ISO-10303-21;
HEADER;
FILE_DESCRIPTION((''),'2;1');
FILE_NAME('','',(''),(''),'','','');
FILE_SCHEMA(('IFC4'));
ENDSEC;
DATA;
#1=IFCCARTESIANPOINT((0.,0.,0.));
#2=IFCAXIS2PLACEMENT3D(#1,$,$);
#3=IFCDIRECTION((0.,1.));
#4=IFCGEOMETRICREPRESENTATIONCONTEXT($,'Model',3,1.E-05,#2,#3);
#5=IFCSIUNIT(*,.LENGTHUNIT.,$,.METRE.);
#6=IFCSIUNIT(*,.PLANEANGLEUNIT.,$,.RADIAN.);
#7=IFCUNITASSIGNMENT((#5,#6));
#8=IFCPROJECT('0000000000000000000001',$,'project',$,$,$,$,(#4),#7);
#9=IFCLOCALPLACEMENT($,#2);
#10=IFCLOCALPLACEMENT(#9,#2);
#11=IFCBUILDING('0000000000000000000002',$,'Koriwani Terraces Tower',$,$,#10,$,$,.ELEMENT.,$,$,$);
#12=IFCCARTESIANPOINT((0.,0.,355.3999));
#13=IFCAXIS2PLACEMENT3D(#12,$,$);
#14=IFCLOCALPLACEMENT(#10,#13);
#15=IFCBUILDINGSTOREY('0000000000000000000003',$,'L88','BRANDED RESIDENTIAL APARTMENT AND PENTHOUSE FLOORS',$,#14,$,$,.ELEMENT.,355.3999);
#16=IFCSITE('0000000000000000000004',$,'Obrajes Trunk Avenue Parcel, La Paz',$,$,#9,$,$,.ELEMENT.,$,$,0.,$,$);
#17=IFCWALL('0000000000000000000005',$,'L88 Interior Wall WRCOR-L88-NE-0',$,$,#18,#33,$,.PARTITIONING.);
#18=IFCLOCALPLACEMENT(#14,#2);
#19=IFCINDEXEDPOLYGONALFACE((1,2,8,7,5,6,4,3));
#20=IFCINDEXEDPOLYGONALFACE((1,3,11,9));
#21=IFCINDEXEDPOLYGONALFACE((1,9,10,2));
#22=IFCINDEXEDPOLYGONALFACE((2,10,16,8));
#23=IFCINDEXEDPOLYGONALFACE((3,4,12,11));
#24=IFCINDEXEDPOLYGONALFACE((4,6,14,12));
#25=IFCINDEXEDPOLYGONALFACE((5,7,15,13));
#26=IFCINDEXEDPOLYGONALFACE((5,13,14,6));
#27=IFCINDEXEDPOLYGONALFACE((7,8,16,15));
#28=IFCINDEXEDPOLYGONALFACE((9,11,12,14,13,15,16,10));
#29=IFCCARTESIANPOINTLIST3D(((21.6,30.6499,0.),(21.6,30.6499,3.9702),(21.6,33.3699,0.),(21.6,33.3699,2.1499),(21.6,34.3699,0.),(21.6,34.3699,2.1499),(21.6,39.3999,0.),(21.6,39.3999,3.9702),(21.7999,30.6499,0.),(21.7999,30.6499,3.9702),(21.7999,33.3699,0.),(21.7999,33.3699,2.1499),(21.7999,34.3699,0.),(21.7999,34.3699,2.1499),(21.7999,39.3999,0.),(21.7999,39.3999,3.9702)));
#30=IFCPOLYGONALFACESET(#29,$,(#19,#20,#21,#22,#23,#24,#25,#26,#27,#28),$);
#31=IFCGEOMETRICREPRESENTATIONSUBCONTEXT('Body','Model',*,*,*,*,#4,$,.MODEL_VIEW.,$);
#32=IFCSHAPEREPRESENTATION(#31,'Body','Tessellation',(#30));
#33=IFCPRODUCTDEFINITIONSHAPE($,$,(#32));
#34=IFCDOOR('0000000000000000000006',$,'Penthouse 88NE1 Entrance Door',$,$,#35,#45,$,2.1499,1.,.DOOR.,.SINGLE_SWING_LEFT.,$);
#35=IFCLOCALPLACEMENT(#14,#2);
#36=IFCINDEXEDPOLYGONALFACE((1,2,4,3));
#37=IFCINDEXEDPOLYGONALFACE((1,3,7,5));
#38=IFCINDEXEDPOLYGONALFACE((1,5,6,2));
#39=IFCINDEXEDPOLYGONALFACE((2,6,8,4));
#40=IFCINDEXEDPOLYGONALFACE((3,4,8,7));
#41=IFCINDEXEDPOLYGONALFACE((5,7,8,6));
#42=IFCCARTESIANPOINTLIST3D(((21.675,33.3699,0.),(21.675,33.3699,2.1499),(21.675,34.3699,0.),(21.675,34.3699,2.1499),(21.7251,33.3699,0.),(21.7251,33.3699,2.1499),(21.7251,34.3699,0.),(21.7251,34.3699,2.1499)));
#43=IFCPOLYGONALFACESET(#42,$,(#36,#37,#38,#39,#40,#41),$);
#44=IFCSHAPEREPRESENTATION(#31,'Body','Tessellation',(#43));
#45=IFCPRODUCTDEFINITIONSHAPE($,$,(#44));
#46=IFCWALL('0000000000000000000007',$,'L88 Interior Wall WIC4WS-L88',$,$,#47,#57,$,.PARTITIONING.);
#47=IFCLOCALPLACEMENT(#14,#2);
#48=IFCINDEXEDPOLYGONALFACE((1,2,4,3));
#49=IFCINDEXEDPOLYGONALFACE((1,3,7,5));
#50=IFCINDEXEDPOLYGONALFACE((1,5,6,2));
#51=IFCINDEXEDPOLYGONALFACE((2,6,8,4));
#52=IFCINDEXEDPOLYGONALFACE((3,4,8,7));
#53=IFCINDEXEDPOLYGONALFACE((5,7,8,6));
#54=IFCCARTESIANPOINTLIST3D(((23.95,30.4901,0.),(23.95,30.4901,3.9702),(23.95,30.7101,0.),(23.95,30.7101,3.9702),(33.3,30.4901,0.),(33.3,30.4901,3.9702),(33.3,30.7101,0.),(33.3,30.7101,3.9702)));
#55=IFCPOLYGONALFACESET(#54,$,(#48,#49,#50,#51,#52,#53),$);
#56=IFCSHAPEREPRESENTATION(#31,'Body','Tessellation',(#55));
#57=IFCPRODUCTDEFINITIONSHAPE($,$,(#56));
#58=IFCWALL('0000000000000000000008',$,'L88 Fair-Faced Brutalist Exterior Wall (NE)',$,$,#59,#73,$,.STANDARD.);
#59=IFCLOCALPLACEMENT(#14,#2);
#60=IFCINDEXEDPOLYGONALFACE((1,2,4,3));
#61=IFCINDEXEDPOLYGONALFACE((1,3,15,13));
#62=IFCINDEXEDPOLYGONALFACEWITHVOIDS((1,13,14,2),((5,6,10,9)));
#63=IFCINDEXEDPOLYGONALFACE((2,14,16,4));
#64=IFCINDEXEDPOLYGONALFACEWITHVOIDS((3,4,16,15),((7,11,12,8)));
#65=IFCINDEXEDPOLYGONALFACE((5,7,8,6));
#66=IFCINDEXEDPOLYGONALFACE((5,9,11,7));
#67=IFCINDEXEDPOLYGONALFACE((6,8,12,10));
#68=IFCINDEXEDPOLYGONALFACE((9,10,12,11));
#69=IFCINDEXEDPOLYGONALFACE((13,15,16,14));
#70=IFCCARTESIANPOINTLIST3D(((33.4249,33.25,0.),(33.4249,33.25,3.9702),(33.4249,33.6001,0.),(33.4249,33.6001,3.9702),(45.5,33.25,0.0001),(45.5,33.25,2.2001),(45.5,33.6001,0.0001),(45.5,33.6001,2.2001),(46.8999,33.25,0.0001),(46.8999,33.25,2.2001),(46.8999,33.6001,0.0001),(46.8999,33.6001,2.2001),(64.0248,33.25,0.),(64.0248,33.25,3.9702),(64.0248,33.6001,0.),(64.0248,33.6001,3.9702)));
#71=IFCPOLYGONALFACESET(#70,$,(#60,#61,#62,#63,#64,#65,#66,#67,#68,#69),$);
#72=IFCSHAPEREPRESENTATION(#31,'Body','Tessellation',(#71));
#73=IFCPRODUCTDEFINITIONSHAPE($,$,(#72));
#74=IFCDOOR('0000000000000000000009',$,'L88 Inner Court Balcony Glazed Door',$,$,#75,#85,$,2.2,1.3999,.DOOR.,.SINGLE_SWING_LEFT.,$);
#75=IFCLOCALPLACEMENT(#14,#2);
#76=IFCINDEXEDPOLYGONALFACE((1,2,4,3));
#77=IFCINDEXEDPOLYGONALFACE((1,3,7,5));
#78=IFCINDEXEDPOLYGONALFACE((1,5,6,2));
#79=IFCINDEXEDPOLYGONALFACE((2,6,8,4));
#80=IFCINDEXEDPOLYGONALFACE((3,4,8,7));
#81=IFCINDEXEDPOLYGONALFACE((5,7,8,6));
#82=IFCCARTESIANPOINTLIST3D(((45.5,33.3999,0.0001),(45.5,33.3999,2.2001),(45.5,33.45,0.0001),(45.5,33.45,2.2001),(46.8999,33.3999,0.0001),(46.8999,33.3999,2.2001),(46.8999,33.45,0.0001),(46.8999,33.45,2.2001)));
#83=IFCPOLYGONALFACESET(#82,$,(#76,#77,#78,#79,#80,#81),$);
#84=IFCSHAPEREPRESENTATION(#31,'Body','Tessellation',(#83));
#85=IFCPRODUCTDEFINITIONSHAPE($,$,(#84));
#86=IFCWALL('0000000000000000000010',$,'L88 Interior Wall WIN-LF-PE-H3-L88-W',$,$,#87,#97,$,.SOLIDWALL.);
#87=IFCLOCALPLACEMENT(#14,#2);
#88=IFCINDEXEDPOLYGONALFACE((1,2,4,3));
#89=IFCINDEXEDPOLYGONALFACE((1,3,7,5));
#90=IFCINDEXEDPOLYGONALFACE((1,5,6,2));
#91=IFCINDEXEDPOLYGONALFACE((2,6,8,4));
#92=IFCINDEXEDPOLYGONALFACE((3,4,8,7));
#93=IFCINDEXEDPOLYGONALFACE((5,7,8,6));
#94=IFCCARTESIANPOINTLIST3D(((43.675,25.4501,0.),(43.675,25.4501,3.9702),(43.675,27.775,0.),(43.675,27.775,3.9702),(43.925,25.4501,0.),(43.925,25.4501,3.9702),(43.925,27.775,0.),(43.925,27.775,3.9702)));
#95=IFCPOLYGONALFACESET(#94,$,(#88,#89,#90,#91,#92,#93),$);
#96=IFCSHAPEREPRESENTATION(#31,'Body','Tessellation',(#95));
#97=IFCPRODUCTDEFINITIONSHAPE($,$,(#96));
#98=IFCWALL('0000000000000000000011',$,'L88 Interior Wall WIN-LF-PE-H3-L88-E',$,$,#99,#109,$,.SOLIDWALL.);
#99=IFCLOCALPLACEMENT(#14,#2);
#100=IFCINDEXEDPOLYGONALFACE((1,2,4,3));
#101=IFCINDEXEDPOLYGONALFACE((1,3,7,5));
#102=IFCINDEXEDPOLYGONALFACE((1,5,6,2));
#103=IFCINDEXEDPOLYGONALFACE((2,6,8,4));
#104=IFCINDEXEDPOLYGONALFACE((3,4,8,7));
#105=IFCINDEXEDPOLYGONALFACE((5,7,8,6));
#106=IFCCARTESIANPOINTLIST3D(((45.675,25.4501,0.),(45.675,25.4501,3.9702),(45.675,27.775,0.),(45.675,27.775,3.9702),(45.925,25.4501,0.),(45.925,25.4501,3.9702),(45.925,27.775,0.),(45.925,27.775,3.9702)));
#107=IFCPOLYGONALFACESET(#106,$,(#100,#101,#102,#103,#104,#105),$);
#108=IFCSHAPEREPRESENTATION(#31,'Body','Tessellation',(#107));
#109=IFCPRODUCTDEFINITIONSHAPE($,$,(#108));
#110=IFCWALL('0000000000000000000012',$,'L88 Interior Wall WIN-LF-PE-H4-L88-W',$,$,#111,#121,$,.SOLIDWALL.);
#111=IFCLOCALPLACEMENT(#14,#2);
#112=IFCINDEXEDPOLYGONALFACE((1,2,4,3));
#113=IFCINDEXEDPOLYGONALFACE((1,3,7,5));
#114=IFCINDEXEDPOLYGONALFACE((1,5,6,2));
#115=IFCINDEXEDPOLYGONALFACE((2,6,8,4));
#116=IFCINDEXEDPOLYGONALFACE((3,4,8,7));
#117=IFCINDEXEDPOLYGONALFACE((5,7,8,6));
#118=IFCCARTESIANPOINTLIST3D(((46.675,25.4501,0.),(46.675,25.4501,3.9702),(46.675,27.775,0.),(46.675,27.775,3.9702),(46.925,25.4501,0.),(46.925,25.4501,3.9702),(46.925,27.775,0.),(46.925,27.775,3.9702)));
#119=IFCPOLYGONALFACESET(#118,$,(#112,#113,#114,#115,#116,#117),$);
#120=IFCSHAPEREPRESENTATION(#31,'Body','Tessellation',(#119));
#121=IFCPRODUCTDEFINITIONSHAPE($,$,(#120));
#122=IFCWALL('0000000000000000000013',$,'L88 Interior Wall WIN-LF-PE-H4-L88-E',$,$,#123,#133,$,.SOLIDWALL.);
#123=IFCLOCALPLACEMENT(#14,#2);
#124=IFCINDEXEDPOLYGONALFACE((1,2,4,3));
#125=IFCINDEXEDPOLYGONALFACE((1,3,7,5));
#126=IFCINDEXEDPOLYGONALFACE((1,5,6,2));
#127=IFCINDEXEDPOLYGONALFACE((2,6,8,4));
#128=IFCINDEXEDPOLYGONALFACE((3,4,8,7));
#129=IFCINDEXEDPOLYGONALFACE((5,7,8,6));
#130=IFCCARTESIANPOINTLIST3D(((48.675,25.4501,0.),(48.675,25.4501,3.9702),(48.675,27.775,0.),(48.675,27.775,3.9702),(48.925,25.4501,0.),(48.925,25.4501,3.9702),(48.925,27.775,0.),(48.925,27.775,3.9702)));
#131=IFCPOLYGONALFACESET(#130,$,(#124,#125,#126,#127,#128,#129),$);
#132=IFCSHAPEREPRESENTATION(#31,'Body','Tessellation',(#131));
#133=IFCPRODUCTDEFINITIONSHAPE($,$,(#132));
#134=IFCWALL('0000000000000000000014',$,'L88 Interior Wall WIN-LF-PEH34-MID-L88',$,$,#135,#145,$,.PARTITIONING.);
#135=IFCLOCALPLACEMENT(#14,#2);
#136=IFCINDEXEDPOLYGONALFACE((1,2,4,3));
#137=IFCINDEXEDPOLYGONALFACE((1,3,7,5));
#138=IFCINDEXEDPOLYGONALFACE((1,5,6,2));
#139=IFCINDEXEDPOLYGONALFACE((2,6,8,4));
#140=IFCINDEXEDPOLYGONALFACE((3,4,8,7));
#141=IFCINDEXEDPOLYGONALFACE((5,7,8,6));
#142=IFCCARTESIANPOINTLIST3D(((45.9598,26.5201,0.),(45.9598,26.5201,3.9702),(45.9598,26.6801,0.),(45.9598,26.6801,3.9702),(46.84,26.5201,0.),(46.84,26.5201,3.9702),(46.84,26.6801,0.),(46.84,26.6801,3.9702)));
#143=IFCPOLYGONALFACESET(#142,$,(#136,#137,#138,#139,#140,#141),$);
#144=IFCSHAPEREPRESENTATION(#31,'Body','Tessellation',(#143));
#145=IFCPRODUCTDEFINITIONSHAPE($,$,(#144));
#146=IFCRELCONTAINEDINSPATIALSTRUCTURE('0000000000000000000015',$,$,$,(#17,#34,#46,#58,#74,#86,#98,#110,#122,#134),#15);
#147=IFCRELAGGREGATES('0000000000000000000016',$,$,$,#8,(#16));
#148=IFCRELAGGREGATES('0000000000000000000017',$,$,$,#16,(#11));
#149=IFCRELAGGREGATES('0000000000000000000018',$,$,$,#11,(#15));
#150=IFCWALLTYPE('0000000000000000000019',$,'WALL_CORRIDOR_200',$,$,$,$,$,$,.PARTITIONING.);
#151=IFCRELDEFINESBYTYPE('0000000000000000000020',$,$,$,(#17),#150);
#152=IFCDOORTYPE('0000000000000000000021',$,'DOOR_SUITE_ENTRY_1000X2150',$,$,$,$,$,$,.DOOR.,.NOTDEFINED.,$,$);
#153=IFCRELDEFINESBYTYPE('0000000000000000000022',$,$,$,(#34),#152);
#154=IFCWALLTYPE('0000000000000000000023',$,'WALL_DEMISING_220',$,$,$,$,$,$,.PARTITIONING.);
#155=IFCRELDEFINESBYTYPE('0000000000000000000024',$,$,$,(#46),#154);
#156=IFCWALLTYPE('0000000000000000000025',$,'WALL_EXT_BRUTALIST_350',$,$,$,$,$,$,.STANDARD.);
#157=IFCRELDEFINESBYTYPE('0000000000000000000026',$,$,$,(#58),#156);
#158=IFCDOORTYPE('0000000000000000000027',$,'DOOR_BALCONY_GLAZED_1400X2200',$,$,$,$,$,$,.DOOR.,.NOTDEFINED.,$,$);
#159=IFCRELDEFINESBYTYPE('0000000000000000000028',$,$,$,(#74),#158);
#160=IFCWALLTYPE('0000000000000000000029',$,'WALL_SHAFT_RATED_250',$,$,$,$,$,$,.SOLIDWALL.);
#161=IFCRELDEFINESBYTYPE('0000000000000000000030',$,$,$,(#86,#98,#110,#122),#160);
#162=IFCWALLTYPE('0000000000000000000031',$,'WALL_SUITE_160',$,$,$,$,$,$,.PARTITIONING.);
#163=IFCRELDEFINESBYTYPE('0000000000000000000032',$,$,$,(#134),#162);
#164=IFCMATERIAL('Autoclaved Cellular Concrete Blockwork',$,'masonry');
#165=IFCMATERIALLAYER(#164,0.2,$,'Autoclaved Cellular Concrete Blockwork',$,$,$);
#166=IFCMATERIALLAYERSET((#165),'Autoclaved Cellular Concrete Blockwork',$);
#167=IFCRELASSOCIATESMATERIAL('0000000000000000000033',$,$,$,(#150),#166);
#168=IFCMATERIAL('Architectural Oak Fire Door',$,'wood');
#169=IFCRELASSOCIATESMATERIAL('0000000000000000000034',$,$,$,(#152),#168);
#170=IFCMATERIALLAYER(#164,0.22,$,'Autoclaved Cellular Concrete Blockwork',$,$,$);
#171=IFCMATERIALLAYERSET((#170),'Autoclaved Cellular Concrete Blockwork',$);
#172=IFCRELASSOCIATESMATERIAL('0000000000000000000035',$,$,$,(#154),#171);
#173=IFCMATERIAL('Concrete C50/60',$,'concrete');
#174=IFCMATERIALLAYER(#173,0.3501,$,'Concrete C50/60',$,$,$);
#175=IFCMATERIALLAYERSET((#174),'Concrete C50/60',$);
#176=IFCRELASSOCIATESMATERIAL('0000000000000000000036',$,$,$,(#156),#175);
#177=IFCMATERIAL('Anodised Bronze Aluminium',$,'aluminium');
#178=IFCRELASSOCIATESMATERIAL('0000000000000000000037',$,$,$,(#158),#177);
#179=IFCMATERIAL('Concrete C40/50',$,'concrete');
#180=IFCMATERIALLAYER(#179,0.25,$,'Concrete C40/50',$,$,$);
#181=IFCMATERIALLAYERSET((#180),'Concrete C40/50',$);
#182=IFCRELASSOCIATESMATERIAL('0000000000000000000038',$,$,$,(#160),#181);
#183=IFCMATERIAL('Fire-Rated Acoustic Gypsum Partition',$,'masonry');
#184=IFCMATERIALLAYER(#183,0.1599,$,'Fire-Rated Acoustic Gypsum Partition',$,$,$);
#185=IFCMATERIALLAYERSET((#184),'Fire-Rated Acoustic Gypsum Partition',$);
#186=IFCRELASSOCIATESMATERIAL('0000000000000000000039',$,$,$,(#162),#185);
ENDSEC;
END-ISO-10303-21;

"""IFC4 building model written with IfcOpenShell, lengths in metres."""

from ifc_helpers import new_model, si_unit, direction, frame, frame_2d, origin, place, context, subcontext, project, spatial, rectangle, extrude, material, layer, layer_set, type_object, element, fill, save


model = new_model("IFC4")

# Units and contexts
model_context = context("Model", 3, precision=1e-05, world=origin(), true_north=direction((0.0, 1.0)))
body_context = subcontext(model_context, "Body", "Model", "MODEL_VIEW")
ifc_project = project(units=[si_unit("LENGTHUNIT", "METRE"), si_unit("PLANEANGLEUNIT", "RADIAN")], contexts=[model_context])

# Site, building, storey
site_placement = place(None, origin())
site = spatial("IfcSite", under=ifc_project, at=site_placement, Name="Obrajes Trunk Avenue Parcel, La Paz", CompositionType="ELEMENT", RefElevation=0.0)
building_placement = place(site_placement, origin())
building = spatial("IfcBuilding", under=site, at=building_placement, Name="Koriwani Terraces Tower", CompositionType="ELEMENT")
storey_placement = place(building_placement, frame((0.0, 0.0, 355.3999)))
storey = spatial("IfcBuildingStorey", under=building, at=storey_placement, Name="L88", Description="BRANDED RESIDENTIAL APARTMENT AND PENTHOUSE FLOORS", CompositionType="ELEMENT", Elevation=355.3999)

# Shared definitions
ifc_material_1 = material(Name="Concrete C50/60", Category="concrete")

# Shared definitions
ifc_material_2 = material(Name="Concrete C40/50", Category="concrete")

# Wall, opening, door
ifc_material_3 = material(Name="Autoclaved Cellular Concrete Blockwork", Category="masonry")
ifc_layer_1 = layer(ifc_material_3, 0.2, Name="Autoclaved Cellular Concrete Blockwork")
ifc_layer_set_1 = layer_set([ifc_layer_1], Name="Autoclaved Cellular Concrete Blockwork")
wall_type_1 = type_object("IfcWallType", Name="WALL_CORRIDOR_200", PredefinedType="PARTITIONING", material=ifc_layer_set_1)
ifc_material_4 = material(Name="Architectural Oak Fire Door", Category="wood")
wall_1_placement = place(storey_placement, frame((21.7, 30.6499, 0.0), z_axis=(0.0, 0.0, 1.0), x_axis=(0.0, 1.0, 0.0)))
wall_1 = element("IfcWall", 1, at=wall_1_placement, inside=storey, type_object=wall_type_1, Name="L88 Interior Wall WRCOR-L88-NE-0", PredefinedType="PARTITIONING", context=body_context, shape_type="SweptSolid", body=[
    extrude(rectangle(XDim=8.75, YDim=0.2, at=frame_2d((4.375, 0.0))), origin(), (0.0, 0.0, 1.0), 3.9702),
])
opening_1_placement = place(wall_1_placement, frame((2.72, 0.0, 0.0)))
opening_1 = element("IfcOpeningElement", 2, at=opening_1_placement, cuts=wall_1, PredefinedType="OPENING", context=body_context, shape_type="SweptSolid", body=[
    extrude(rectangle(XDim=1.0, YDim=2.1499, at=frame_2d((0.5, 1.075))), frame((0.0, 0.1099, 0.0), z_axis=(0.0, -1.0, 0.0), x_axis=(1.0, 0.0, 0.0)), (0.0, 0.0, 1.0), 0.22),
])
door_type_1 = type_object("IfcDoorType", Name="DOOR_SUITE_ENTRY_1000X2150", OperationType="NOTDEFINED", PredefinedType="DOOR", material=ifc_material_4)
door_1_placement = place(opening_1_placement, origin())
door_1 = element("IfcDoor", 3, at=door_1_placement, inside=storey, type_object=door_type_1, Name="Penthouse 88NE1 Entrance Door", OperationType="SINGLE_SWING_LEFT", OverallHeight=2.1499, OverallWidth=1.0, PredefinedType="DOOR", context=body_context, shape_type="SweptSolid", body=[
    extrude(rectangle(XDim=1.0, YDim=2.1499, at=frame_2d((0.5, 1.075))), frame((0.0, 0.0249, 0.0), z_axis=(0.0, -1.0, 0.0), x_axis=(1.0, 0.0, 0.0)), (0.0, 0.0, 1.0), 0.05),
])
fill(opening_1, door_1)

# Wall
ifc_layer_2 = layer(ifc_material_3, 0.22, Name="Autoclaved Cellular Concrete Blockwork")
ifc_layer_set_2 = layer_set([ifc_layer_2], Name="Autoclaved Cellular Concrete Blockwork")
wall_type_2 = type_object("IfcWallType", Name="WALL_DEMISING_220", PredefinedType="PARTITIONING", material=ifc_layer_set_2)
wall_2_placement = place(storey_placement, frame((23.95, 30.6001, 0.0), z_axis=(0.0, 0.0, 1.0), x_axis=(1.0, 0.0, 0.0)))
element("IfcWall", 4, at=wall_2_placement, inside=storey, type_object=wall_type_2, Name="L88 Interior Wall WIC4WS-L88", PredefinedType="PARTITIONING", context=body_context, shape_type="SweptSolid", body=[
    extrude(rectangle(XDim=9.3501, YDim=0.22, at=frame_2d((4.675, 0.0))), origin(), (0.0, 0.0, 1.0), 3.9702),
])

# Wall, opening, door
ifc_layer_3 = layer(ifc_material_1, 0.3501, Name="Concrete C50/60")
ifc_layer_set_3 = layer_set([ifc_layer_3], Name="Concrete C50/60")
wall_type_3 = type_object("IfcWallType", Name="WALL_EXT_BRUTALIST_350", PredefinedType="STANDARD", material=ifc_layer_set_3)
wall_3_placement = place(storey_placement, frame((33.425, 33.425, 0.0), z_axis=(0.0, 0.0, 1.0), x_axis=(1.0, 0.0, 0.0)))
wall_3 = element("IfcWall", 5, at=wall_3_placement, inside=storey, type_object=wall_type_3, Name="L88 Fair-Faced Brutalist Exterior Wall (NE)", PredefinedType="STANDARD", context=body_context, shape_type="SweptSolid", body=[
    extrude(rectangle(XDim=30.5999, YDim=0.3501, at=frame_2d((15.2998, 0.0))), origin(), (0.0, 0.0, 1.0), 3.9702),
])
opening_2_placement = place(wall_3_placement, frame((12.075, 0.0, 0.0)))
opening_2 = element("IfcOpeningElement", 6, at=opening_2_placement, cuts=wall_3, PredefinedType="OPENING", context=body_context, shape_type="SweptSolid", body=[
    extrude(rectangle(XDim=1.3999, YDim=2.2, at=frame_2d((0.7, 1.1001))), frame((0.0, 0.1851, 0.0), z_axis=(0.0, -1.0, 0.0), x_axis=(1.0, 0.0, 0.0)), (0.0, 0.0, 1.0), 0.3701),
])
ifc_material_5 = material(Name="Anodised Bronze Aluminium", Category="aluminium")
door_type_2 = type_object("IfcDoorType", Name="DOOR_BALCONY_GLAZED_1400X2200", OperationType="NOTDEFINED", PredefinedType="DOOR", material=ifc_material_5)
door_2_placement = place(opening_2_placement, origin())
door_2 = element("IfcDoor", 7, at=door_2_placement, inside=storey, type_object=door_type_2, Name="L88 Inner Court Balcony Glazed Door", OperationType="SINGLE_SWING_LEFT", OverallHeight=2.2, OverallWidth=1.3999, PredefinedType="DOOR", context=body_context, shape_type="SweptSolid", body=[
    extrude(rectangle(XDim=1.3999, YDim=2.2, at=frame_2d((0.7, 1.1001))), frame((0.0, 0.0249, 0.0), z_axis=(0.0, -1.0, 0.0), x_axis=(1.0, 0.0, 0.0)), (0.0, 0.0, 1.0), 0.05),
])
fill(opening_2, door_2)
ifc_layer_4 = layer(ifc_material_2, 0.25, Name="Concrete C40/50")
ifc_layer_set_4 = layer_set([ifc_layer_4], Name="Concrete C40/50")
wall_type_4 = type_object("IfcWallType", Name="WALL_SHAFT_RATED_250", PredefinedType="SOLIDWALL", material=ifc_layer_set_4)

# Walls
for number, where, z_axis, x_axis, name in (
    (8, (43.8, 25.45, 0.0), (0.0, 0.0, 1.0), (0.0, 1.0, 0.0), "L88 Interior Wall WIN-LF-PE-H3-L88-W"),
    (9, (45.8, 25.45, 0.0), (0.0, 0.0, 1.0), (0.0, 1.0, 0.0), "L88 Interior Wall WIN-LF-PE-H3-L88-E"),
):
    element("IfcWall", number, at=place(storey_placement, frame(where, z_axis=z_axis, x_axis=x_axis)), inside=storey, type_object=wall_type_4, Name=name, PredefinedType="SOLIDWALL", context=body_context, shape_type="SweptSolid", body=[
        extrude(rectangle(XDim=2.325, YDim=0.25, at=frame_2d((1.1626, 0.0))), origin(), (0.0, 0.0, 1.0), 3.9702),
    ])

# Walls
for number, where, z_axis, x_axis, name in (
    (10, (46.8, 25.45, 0.0), (0.0, 0.0, 1.0), (0.0, 1.0, 0.0), "L88 Interior Wall WIN-LF-PE-H4-L88-W"),
    (11, (48.8, 25.45, 0.0), (0.0, 0.0, 1.0), (0.0, 1.0, 0.0), "L88 Interior Wall WIN-LF-PE-H4-L88-E"),
):
    element("IfcWall", number, at=place(storey_placement, frame(where, z_axis=z_axis, x_axis=x_axis)), inside=storey, type_object=wall_type_4, Name=name, PredefinedType="SOLIDWALL", context=body_context, shape_type="SweptSolid", body=[
        extrude(rectangle(XDim=2.325, YDim=0.25, at=frame_2d((1.1626, 0.0))), origin(), (0.0, 0.0, 1.0), 3.9702),
    ])
ifc_material_6 = material(Name="Fire-Rated Acoustic Gypsum Partition", Category="masonry")
ifc_layer_5 = layer(ifc_material_6, 0.1599, Name="Fire-Rated Acoustic Gypsum Partition")
ifc_layer_set_5 = layer_set([ifc_layer_5], Name="Fire-Rated Acoustic Gypsum Partition")
wall_type_5 = type_object("IfcWallType", Name="WALL_SUITE_160", PredefinedType="PARTITIONING", material=ifc_layer_set_5)
wall_4_placement = place(storey_placement, frame((45.96, 26.6001, 0.0), z_axis=(0.0, 0.0, 1.0), x_axis=(1.0, 0.0, 0.0)))
element("IfcWall", 12, at=wall_4_placement, inside=storey, type_object=wall_type_5, Name="L88 Interior Wall WIN-LF-PEH34-MID-L88", PredefinedType="PARTITIONING", context=body_context, shape_type="SweptSolid", body=[
    extrude(rectangle(XDim=0.8801, YDim=0.1599, at=frame_2d((0.4399, 0.0))), origin(), (0.0, 0.0, 1.0), 3.9702),
])

save(model, "model.ifc")
